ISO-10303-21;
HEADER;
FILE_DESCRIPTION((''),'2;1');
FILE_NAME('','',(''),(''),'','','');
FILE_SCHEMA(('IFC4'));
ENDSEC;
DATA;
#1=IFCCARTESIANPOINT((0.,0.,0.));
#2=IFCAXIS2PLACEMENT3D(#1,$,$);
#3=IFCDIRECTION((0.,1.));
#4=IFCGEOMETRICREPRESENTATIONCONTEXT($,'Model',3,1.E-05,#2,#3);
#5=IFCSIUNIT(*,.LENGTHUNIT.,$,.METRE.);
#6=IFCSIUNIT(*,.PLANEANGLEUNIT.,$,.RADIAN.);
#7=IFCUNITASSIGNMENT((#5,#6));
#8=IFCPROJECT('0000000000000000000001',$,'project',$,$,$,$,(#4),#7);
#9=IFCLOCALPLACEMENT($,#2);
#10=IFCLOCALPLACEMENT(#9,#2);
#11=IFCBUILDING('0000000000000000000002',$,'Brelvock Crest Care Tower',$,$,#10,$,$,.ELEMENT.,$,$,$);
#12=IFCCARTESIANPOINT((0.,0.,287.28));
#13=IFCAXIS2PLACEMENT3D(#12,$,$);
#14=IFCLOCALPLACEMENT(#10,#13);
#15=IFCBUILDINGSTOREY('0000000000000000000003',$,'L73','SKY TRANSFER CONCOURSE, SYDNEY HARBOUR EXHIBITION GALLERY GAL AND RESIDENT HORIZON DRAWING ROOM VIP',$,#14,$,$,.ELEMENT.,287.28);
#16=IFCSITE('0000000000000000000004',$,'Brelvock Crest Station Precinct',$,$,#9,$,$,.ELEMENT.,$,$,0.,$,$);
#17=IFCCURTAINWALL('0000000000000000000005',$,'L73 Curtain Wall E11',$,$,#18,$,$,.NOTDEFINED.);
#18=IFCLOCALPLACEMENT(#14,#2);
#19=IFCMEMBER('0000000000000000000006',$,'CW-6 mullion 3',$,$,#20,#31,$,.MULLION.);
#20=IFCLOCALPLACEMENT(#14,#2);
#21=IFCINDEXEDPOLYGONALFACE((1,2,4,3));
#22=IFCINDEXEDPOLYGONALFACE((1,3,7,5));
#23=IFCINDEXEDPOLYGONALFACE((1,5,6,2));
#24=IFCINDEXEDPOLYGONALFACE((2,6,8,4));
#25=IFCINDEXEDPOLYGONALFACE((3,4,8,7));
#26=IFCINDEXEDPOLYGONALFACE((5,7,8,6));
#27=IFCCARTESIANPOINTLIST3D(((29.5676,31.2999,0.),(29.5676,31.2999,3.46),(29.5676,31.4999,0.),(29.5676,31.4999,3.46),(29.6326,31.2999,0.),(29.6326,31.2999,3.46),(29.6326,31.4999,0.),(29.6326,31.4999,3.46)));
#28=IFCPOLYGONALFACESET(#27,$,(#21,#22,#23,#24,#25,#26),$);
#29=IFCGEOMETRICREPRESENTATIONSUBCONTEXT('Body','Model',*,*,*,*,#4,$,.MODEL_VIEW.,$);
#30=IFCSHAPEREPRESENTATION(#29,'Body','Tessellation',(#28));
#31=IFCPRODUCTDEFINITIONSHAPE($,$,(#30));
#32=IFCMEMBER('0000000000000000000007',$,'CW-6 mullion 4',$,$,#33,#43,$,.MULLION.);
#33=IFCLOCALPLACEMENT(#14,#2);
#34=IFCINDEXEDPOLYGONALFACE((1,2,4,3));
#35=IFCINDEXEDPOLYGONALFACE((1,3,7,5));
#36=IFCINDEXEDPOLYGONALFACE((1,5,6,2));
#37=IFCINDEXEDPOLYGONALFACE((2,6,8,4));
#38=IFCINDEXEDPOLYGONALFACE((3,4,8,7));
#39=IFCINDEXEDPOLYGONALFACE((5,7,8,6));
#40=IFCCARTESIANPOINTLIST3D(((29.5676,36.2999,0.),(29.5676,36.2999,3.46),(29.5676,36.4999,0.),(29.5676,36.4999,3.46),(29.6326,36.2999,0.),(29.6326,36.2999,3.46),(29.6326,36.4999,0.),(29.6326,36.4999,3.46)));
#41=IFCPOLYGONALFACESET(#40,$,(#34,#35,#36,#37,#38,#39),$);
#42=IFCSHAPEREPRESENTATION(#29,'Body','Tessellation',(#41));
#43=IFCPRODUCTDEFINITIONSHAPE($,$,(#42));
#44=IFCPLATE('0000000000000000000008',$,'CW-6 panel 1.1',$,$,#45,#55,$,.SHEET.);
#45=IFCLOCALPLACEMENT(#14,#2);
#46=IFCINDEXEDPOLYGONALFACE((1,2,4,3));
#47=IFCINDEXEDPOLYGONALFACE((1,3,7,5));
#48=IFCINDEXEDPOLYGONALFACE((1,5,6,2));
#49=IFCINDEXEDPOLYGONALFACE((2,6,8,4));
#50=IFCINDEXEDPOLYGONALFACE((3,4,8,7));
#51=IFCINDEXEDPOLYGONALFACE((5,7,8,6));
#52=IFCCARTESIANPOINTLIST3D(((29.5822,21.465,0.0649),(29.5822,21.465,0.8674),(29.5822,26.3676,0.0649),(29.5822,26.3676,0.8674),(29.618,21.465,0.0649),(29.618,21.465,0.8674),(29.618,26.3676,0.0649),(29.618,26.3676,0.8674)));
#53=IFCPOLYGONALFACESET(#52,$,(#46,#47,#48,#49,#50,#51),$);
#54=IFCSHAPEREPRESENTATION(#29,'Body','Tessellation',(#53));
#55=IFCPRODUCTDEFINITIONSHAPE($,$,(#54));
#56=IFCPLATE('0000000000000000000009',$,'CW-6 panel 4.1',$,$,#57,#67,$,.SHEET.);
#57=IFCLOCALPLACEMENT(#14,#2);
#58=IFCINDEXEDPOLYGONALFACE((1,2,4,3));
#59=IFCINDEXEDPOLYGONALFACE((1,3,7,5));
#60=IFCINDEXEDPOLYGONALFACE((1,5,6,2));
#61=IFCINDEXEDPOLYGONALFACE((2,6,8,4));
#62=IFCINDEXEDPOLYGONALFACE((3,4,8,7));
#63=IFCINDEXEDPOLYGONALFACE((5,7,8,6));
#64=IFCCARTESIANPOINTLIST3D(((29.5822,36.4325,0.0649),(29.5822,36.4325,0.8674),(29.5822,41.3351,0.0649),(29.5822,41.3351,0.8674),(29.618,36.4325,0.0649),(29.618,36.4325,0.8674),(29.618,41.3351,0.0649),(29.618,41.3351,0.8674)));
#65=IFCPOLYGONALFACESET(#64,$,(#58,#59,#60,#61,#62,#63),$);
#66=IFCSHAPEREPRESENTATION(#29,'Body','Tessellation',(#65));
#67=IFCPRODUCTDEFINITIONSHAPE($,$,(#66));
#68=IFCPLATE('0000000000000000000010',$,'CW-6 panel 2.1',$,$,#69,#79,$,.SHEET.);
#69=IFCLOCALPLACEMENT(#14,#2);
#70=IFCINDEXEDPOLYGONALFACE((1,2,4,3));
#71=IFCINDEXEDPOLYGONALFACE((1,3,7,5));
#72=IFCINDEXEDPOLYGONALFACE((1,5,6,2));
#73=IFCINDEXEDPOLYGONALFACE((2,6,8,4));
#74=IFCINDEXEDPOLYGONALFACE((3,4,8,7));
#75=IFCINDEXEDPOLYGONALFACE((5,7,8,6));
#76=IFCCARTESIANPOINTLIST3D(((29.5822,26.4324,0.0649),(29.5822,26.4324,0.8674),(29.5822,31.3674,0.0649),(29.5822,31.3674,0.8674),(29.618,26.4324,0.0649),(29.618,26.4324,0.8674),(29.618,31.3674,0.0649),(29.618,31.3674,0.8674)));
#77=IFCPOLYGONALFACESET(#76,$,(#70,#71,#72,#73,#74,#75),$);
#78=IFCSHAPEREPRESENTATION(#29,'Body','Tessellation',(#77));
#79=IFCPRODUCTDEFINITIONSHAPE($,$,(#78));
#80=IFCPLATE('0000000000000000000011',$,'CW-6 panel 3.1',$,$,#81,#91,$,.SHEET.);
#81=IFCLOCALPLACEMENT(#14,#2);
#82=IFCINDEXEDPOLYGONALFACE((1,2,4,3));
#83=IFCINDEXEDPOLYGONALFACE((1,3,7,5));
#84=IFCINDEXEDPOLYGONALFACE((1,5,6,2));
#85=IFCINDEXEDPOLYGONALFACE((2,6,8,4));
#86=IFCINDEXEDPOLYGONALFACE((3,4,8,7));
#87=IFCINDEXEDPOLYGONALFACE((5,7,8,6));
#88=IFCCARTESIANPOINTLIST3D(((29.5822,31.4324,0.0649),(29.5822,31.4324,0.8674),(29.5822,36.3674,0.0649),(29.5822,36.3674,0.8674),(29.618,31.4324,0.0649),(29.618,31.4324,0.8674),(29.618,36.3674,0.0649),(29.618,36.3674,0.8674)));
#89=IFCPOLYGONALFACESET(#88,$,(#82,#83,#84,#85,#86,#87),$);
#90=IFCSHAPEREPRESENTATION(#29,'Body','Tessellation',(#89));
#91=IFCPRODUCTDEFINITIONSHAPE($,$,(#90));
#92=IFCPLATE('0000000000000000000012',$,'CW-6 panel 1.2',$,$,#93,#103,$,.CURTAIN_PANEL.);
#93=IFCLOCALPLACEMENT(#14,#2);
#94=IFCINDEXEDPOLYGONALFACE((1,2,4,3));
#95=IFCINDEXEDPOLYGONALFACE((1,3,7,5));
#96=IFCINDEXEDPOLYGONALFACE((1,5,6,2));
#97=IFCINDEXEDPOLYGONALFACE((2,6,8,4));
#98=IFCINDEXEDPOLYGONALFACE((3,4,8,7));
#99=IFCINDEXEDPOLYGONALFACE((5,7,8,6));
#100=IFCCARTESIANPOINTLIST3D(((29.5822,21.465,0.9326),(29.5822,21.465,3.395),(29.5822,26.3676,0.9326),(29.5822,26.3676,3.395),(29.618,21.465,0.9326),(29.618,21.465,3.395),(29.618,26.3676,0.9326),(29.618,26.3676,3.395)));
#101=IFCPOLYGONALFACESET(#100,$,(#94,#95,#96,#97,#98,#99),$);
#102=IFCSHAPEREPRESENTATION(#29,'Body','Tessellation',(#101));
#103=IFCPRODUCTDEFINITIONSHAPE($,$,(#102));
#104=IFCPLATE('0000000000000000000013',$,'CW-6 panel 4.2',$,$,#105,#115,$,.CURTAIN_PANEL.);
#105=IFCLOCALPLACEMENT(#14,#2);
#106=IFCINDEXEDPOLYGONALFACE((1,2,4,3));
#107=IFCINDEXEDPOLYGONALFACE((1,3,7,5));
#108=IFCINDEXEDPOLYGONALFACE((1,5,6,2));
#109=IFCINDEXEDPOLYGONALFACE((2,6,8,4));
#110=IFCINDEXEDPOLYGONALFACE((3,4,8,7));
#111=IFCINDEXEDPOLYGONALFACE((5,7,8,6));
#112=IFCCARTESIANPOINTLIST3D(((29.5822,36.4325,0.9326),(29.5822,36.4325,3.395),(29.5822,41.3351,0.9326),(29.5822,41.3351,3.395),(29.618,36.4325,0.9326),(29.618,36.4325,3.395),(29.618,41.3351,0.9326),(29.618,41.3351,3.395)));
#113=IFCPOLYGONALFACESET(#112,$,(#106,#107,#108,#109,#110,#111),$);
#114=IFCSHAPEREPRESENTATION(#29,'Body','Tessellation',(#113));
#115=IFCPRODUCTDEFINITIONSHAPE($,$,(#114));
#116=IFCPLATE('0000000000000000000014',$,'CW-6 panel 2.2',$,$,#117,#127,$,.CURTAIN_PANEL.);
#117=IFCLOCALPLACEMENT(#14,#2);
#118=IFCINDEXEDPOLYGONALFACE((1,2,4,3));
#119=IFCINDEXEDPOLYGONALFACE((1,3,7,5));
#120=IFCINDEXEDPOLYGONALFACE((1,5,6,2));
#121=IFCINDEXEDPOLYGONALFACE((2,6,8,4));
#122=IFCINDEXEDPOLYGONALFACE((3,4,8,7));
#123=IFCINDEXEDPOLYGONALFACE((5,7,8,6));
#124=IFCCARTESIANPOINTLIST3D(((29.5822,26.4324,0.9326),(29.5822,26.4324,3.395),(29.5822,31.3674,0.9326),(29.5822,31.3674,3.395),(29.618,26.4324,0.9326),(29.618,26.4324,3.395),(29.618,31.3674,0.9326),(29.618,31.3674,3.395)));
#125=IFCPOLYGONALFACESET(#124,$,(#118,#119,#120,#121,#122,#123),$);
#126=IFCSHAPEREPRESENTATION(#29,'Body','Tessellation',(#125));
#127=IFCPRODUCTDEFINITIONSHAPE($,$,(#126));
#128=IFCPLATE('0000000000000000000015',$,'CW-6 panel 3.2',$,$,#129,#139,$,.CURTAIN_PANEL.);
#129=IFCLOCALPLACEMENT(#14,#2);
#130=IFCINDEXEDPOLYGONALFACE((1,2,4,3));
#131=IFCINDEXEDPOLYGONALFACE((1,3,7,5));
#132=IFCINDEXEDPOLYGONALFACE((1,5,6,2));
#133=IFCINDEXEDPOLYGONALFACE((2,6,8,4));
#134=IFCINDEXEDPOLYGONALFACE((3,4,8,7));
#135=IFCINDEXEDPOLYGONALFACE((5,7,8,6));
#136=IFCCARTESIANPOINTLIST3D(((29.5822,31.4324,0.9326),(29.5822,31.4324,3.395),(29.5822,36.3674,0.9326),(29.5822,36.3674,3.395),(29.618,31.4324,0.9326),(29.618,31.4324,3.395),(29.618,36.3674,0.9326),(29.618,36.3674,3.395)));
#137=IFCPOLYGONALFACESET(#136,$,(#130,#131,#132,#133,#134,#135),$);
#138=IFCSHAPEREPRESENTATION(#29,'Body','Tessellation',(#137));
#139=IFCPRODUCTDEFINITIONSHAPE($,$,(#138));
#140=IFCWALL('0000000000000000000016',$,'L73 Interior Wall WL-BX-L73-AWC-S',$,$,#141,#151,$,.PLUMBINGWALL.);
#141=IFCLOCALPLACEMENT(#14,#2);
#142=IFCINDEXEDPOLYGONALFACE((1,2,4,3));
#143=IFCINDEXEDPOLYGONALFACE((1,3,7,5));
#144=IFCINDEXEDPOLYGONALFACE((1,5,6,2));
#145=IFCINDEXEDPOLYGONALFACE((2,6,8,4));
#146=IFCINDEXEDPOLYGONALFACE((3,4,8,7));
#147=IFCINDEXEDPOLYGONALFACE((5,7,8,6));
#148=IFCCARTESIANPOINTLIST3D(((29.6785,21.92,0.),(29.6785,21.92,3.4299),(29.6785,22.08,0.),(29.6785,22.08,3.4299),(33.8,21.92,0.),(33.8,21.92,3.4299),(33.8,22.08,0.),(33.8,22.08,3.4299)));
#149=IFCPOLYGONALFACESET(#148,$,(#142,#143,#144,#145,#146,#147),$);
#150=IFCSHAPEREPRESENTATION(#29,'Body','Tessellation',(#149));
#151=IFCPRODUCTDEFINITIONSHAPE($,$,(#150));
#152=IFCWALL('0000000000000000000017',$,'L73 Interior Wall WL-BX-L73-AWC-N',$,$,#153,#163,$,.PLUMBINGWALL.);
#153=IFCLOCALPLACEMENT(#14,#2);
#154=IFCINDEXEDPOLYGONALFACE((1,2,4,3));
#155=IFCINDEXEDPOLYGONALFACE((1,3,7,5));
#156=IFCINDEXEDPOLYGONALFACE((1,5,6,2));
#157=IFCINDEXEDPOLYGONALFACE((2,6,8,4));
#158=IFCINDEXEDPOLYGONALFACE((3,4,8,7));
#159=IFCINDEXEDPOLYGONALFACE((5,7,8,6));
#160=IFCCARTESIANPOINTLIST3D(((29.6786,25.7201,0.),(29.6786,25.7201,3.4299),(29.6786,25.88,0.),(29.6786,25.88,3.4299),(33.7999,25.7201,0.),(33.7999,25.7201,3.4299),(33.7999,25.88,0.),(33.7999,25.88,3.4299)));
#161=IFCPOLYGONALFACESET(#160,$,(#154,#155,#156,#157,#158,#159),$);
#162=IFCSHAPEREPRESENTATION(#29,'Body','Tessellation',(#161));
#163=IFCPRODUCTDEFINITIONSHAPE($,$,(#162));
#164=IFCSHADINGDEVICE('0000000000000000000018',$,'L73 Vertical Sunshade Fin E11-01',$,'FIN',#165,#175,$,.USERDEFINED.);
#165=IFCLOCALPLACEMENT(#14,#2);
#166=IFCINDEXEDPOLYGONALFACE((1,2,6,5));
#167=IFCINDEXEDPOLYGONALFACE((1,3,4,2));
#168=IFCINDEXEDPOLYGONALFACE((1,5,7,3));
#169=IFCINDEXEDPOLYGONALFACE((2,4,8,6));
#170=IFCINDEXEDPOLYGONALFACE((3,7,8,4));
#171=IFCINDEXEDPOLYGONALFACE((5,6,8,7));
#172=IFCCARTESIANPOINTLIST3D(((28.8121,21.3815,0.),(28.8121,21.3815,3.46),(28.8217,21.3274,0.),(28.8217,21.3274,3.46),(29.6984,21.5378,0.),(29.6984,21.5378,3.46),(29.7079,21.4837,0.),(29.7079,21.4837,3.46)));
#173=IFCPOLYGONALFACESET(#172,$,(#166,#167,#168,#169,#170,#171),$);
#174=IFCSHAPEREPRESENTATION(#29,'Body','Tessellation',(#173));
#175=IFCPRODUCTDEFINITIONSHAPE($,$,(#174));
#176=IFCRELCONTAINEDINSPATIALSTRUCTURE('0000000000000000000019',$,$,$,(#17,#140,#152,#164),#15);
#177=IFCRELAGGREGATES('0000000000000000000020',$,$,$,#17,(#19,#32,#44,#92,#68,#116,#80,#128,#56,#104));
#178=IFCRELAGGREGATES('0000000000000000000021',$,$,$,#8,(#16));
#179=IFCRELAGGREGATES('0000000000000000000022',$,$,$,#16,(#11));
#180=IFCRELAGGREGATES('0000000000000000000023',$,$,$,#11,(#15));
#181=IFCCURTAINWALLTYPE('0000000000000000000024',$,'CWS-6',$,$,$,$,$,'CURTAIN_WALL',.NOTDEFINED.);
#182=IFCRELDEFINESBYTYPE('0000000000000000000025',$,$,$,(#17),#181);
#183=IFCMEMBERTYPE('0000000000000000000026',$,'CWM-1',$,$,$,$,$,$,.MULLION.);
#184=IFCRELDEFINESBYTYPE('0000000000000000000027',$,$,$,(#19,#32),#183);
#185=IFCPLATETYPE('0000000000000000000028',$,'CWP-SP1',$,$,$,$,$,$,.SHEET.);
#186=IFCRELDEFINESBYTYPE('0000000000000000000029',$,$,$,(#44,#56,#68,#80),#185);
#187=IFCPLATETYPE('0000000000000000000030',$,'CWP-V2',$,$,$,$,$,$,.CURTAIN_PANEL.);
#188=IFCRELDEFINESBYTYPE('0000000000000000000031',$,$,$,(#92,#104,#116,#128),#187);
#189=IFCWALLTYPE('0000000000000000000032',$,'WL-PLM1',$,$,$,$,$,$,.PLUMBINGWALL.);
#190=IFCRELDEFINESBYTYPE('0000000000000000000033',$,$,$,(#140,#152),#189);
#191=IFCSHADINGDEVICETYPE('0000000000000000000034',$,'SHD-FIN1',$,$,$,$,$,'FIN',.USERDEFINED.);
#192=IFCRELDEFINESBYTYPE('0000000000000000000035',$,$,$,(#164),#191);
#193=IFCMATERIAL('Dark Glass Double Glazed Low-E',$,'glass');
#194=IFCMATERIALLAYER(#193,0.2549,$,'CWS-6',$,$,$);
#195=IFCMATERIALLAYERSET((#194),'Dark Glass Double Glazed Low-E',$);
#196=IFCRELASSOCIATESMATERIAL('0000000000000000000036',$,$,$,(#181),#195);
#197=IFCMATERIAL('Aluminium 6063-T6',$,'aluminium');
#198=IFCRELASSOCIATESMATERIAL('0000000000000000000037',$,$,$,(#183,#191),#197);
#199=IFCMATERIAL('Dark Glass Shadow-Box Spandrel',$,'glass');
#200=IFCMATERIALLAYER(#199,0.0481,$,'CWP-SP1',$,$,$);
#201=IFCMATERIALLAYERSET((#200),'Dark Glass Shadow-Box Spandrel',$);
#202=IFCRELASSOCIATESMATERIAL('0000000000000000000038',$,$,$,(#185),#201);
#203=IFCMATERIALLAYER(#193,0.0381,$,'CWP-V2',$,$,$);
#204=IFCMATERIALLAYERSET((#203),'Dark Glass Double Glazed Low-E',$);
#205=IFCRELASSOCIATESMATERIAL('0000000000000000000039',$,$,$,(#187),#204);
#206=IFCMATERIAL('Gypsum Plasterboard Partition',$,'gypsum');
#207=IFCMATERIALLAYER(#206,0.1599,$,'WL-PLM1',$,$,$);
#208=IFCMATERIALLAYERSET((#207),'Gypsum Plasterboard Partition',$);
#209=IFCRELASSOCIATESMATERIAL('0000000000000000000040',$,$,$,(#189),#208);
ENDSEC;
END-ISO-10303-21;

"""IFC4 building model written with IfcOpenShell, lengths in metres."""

from ifc_helpers import new_model, si_unit, direction, frame, frame_2d, origin, origin_2d, place, context, subcontext, project, spatial, rectangle, extrude, source, transform, mapped, material, layer, layer_set, material_profile, profile_set, type_object, element, aggregate, save


model = new_model("IFC4")

# Units and contexts
model_context = context("Model", 3, precision=1e-05, world=origin(), true_north=direction((0.0, 1.0)))
body_context = subcontext(model_context, "Body", "Model", "MODEL_VIEW")
ifc_project = project(units=[si_unit("LENGTHUNIT", "METRE"), si_unit("PLANEANGLEUNIT", "RADIAN")], contexts=[model_context])

# Site, building, storey
site_placement = place(None, origin())
site = spatial("IfcSite", under=ifc_project, at=site_placement, Name="Brelvock Crest Station Precinct", CompositionType="ELEMENT", RefElevation=0.0)
building_placement = place(site_placement, origin())
building = spatial("IfcBuilding", under=site, at=building_placement, Name="Brelvock Crest Care Tower", CompositionType="ELEMENT")
storey_placement = place(building_placement, frame((0.0, 0.0, 287.28)))
storey = spatial("IfcBuildingStorey", under=building, at=storey_placement, Name="L73", Description="SKY TRANSFER CONCOURSE, SYDNEY HARBOUR EXHIBITION GALLERY GAL AND RESIDENT HORIZON DRAWING ROOM VIP", CompositionType="ELEMENT", Elevation=287.28)

# Curtain wall, members, plates
ifc_material_1 = material(Name="Dark Glass Double Glazed Low-E", Category="glass")
ifc_layer_1 = layer(ifc_material_1, 0.2549, Name="CWS-6")
ifc_layer_set_1 = layer_set([ifc_layer_1], Name="Dark Glass Double Glazed Low-E")
curtain_wall_type = type_object("IfcCurtainWallType", Name="CWS-6", ElementType="CURTAIN_WALL", PredefinedType="NOTDEFINED", material=ifc_layer_set_1)
curtain_wall_placement = place(storey_placement, origin())
curtain_wall = element("IfcCurtainWall", 1, at=curtain_wall_placement, inside=storey, type_object=curtain_wall_type, Name="L73 Curtain Wall E11", PredefinedType="NOTDEFINED")
ifc_material_2 = material(Name="Aluminium 6063-T6", Category="aluminium")
ifc_material_profile_1 = material_profile(ifc_material_2, rectangle(XDim=0.0649, YDim=0.2, at=origin_2d()), Name="ALU65x200")
ifc_profile_set_1 = profile_set([ifc_material_profile_1], Name="Aluminium 6063-T6")
member_type_1 = type_object("IfcMemberType", Name="CWM-1", PredefinedType="MULLION", material=ifc_profile_set_1)
shared_shape_1 = source(origin(), body_context, "Body", "SweptSolid", [
    extrude(rectangle(XDim=0.0649, YDim=0.2, at=origin_2d()), origin(), (0.0, 0.0, 1.0), 3.46),
])
member_1_placement = place(storey_placement, frame((29.6001, 31.3999, 0.0), z_axis=(0.0, 0.0, 1.0), x_axis=(-1.0, 0.0, 0.0)))
member_1 = element("IfcMember", 2, at=member_1_placement, type_object=member_type_1, Name="CW-6 mullion 3", PredefinedType="MULLION", context=body_context, shape_type="MappedRepresentation", body=[
    mapped(shared_shape_1, transform((0.0, 0.0, 0.0), x_axis=(1.0, 0.0, 0.0), y_axis=(0.0, 1.0, 0.0), z_axis=(0.0, 0.0, 1.0), scale=1.0)),
])
member_2_placement = place(storey_placement, frame((29.6001, 36.3999, 0.0), z_axis=(0.0, 0.0, 1.0), x_axis=(-1.0, 0.0, 0.0)))
member_2 = element("IfcMember", 3, at=member_2_placement, type_object=member_type_1, Name="CW-6 mullion 4", PredefinedType="MULLION", context=body_context, shape_type="MappedRepresentation", body=[
    mapped(shared_shape_1, transform((0.0, 0.0, 0.0), x_axis=(1.0, 0.0, 0.0), y_axis=(0.0, 1.0, 0.0), z_axis=(0.0, 0.0, 1.0), scale=1.0)),
])
ifc_material_3 = material(Name="Dark Glass Shadow-Box Spandrel", Category="glass")
ifc_layer_2 = layer(ifc_material_3, 0.0481, Name="CWP-SP1")
ifc_layer_set_2 = layer_set([ifc_layer_2], Name="Dark Glass Shadow-Box Spandrel")
plate_type_1 = type_object("IfcPlateType", Name="CWP-SP1", PredefinedType="SHEET", material=ifc_layer_set_2)
shared_shape_2 = source(origin(), body_context, "Body", "SweptSolid", [
    extrude(rectangle(XDim=4.9026, YDim=0.0359, at=origin_2d()), origin(), (0.0, 0.0, 1.0), 0.8025),
])
plate_1_placement = place(storey_placement, frame((29.6001, 23.9163, 0.0649), z_axis=(0.0, 0.0, 1.0), x_axis=(0.0, 1.0, 0.0)))
plate_1 = element("IfcPlate", 4, at=plate_1_placement, type_object=plate_type_1, Name="CW-6 panel 1.1", PredefinedType="SHEET", context=body_context, shape_type="MappedRepresentation", body=[
    mapped(shared_shape_2, transform((0.0, 0.0, 0.0), x_axis=(1.0, 0.0, 0.0), y_axis=(0.0, 1.0, 0.0), z_axis=(0.0, 0.0, 1.0), scale=1.0)),
])
plate_2_placement = place(storey_placement, frame((29.6001, 38.8838, 0.0649), z_axis=(0.0, 0.0, 1.0), x_axis=(0.0, 1.0, 0.0)))
plate_2 = element("IfcPlate", 5, at=plate_2_placement, type_object=plate_type_1, Name="CW-6 panel 4.1", PredefinedType="SHEET", context=body_context, shape_type="MappedRepresentation", body=[
    mapped(shared_shape_2, transform((0.0, 0.0, 0.0), x_axis=(1.0, 0.0, 0.0), y_axis=(0.0, 1.0, 0.0), z_axis=(0.0, 0.0, 1.0), scale=1.0)),
])
shared_shape_3 = source(origin(), body_context, "Body", "SweptSolid", [
    extrude(rectangle(XDim=4.9351, YDim=0.0359, at=origin_2d()), origin(), (0.0, 0.0, 1.0), 0.8025),
])
plate_3_placement = place(storey_placement, frame((29.6001, 28.8999, 0.0649), z_axis=(0.0, 0.0, 1.0), x_axis=(0.0, 1.0, 0.0)))
plate_3 = element("IfcPlate", 6, at=plate_3_placement, type_object=plate_type_1, Name="CW-6 panel 2.1", PredefinedType="SHEET", context=body_context, shape_type="MappedRepresentation", body=[
    mapped(shared_shape_3, transform((0.0, 0.0, 0.0), x_axis=(1.0, 0.0, 0.0), y_axis=(0.0, 1.0, 0.0), z_axis=(0.0, 0.0, 1.0), scale=1.0)),
])
plate_4_placement = place(storey_placement, frame((29.6001, 33.8999, 0.0649), z_axis=(0.0, 0.0, 1.0), x_axis=(0.0, 1.0, 0.0)))
plate_4 = element("IfcPlate", 7, at=plate_4_placement, type_object=plate_type_1, Name="CW-6 panel 3.1", PredefinedType="SHEET", context=body_context, shape_type="MappedRepresentation", body=[
    mapped(shared_shape_3, transform((0.0, 0.0, 0.0), x_axis=(1.0, 0.0, 0.0), y_axis=(0.0, 1.0, 0.0), z_axis=(0.0, 0.0, 1.0), scale=1.0)),
])
ifc_layer_3 = layer(ifc_material_1, 0.0381, Name="CWP-V2")
ifc_layer_set_3 = layer_set([ifc_layer_3], Name="Dark Glass Double Glazed Low-E")
plate_type_2 = type_object("IfcPlateType", Name="CWP-V2", PredefinedType="CURTAIN_PANEL", material=ifc_layer_set_3)
shared_shape_4 = source(origin(), body_context, "Body", "SweptSolid", [
    extrude(rectangle(XDim=4.9026, YDim=0.0359, at=origin_2d()), origin(), (0.0, 0.0, 1.0), 2.4624),
])
plate_5_placement = place(storey_placement, frame((29.6001, 23.9163, 0.9326), z_axis=(0.0, 0.0, 1.0), x_axis=(0.0, 1.0, 0.0)))
plate_5 = element("IfcPlate", 8, at=plate_5_placement, type_object=plate_type_2, Name="CW-6 panel 1.2", PredefinedType="CURTAIN_PANEL", context=body_context, shape_type="MappedRepresentation", body=[
    mapped(shared_shape_4, transform((0.0, 0.0, 0.0), x_axis=(1.0, 0.0, 0.0), y_axis=(0.0, 1.0, 0.0), z_axis=(0.0, 0.0, 1.0), scale=1.0)),
])
plate_6_placement = place(storey_placement, frame((29.6001, 38.8838, 0.9326), z_axis=(0.0, 0.0, 1.0), x_axis=(0.0, 1.0, 0.0)))
plate_6 = element("IfcPlate", 9, at=plate_6_placement, type_object=plate_type_2, Name="CW-6 panel 4.2", PredefinedType="CURTAIN_PANEL", context=body_context, shape_type="MappedRepresentation", body=[
    mapped(shared_shape_4, transform((0.0, 0.0, 0.0), x_axis=(1.0, 0.0, 0.0), y_axis=(0.0, 1.0, 0.0), z_axis=(0.0, 0.0, 1.0), scale=1.0)),
])
shared_shape_5 = source(origin(), body_context, "Body", "SweptSolid", [
    extrude(rectangle(XDim=4.9351, YDim=0.0359, at=origin_2d()), origin(), (0.0, 0.0, 1.0), 2.4624),
])
plate_7_placement = place(storey_placement, frame((29.6001, 28.8999, 0.9326), z_axis=(0.0, 0.0, 1.0), x_axis=(0.0, 1.0, 0.0)))
plate_7 = element("IfcPlate", 10, at=plate_7_placement, type_object=plate_type_2, Name="CW-6 panel 2.2", PredefinedType="CURTAIN_PANEL", context=body_context, shape_type="MappedRepresentation", body=[
    mapped(shared_shape_5, transform((0.0, 0.0, 0.0), x_axis=(1.0, 0.0, 0.0), y_axis=(0.0, 1.0, 0.0), z_axis=(0.0, 0.0, 1.0), scale=1.0)),
])
plate_8_placement = place(storey_placement, frame((29.6001, 33.8999, 0.9326), z_axis=(0.0, 0.0, 1.0), x_axis=(0.0, 1.0, 0.0)))
plate_8 = element("IfcPlate", 11, at=plate_8_placement, type_object=plate_type_2, Name="CW-6 panel 3.2", PredefinedType="CURTAIN_PANEL", context=body_context, shape_type="MappedRepresentation", body=[
    mapped(shared_shape_5, transform((0.0, 0.0, 0.0), x_axis=(1.0, 0.0, 0.0), y_axis=(0.0, 1.0, 0.0), z_axis=(0.0, 0.0, 1.0), scale=1.0)),
])
aggregate(curtain_wall, [member_1, member_2, plate_1, plate_5, plate_3, plate_7, plate_4, plate_8, plate_2, plate_6])

# Walls
ifc_material_4 = material(Name="Gypsum Plasterboard Partition", Category="gypsum")
ifc_layer_4 = layer(ifc_material_4, 0.1599, Name="WL-PLM1")
ifc_layer_set_4 = layer_set([ifc_layer_4], Name="Gypsum Plasterboard Partition")
wall_type = type_object("IfcWallType", Name="WL-PLM1", PredefinedType="PLUMBINGWALL", material=ifc_layer_set_4)
wall_1_placement = place(storey_placement, frame((29.6785, 22.0, 0.0), z_axis=(0.0, 0.0, 1.0), x_axis=(1.0, 0.0, 0.0)))
element("IfcWall", 12, at=wall_1_placement, inside=storey, type_object=wall_type, Name="L73 Interior Wall WL-BX-L73-AWC-S", PredefinedType="PLUMBINGWALL", context=body_context, shape_type="SweptSolid", body=[
    extrude(rectangle(XDim=4.1216, YDim=0.1599, at=frame_2d((2.0608, 0.0))), origin(), (0.0, 0.0, 1.0), 3.4299),
])
wall_2_placement = place(storey_placement, frame((29.6787, 25.8, 0.0), z_axis=(0.0, 0.0, 1.0), x_axis=(1.0, 0.0, 0.0)))
element("IfcWall", 13, at=wall_2_placement, inside=storey, type_object=wall_type, Name="L73 Interior Wall WL-BX-L73-AWC-N", PredefinedType="PLUMBINGWALL", context=body_context, shape_type="SweptSolid", body=[
    extrude(rectangle(XDim=4.1213, YDim=0.1599, at=frame_2d((2.0605, 0.0))), origin(), (0.0, 0.0, 1.0), 3.4299),
])

# Shading device
ifc_material_profile_2 = material_profile(ifc_material_2, rectangle(XDim=0.0549, YDim=0.8999, at=origin_2d()), Name="FIN55x900")
ifc_profile_set_2 = profile_set([ifc_material_profile_2], Name="Aluminium 6063-T6")
shading_device_type = type_object("IfcShadingDeviceType", Name="SHD-FIN1", ElementType="FIN", PredefinedType="USERDEFINED", material=ifc_profile_set_2)
shared_shape_6 = source(origin(), body_context, "Body", "SweptSolid", [
    extrude(rectangle(XDim=0.0549, YDim=0.8999, at=origin_2d()), origin(), (0.0, 0.0, 1.0), 3.46),
])
for number, where, z_axis, x_axis, name in (
    (14, (29.26, 21.4326, 0.0), (0.0, 0.0, 1.0), (-0.173648, 0.984808, 0.0), "L73 Vertical Sunshade Fin E11-01"),
):
    element("IfcShadingDevice", number, at=place(storey_placement, frame(where, z_axis=z_axis, x_axis=x_axis)), inside=storey, type_object=shading_device_type, Name=name, ObjectType="FIN", PredefinedType="USERDEFINED", context=body_context, shape_type="MappedRepresentation", body=[
        mapped(shared_shape_6, transform((0.0, 0.0, 0.0), x_axis=(1.0, 0.0, 0.0), y_axis=(0.0, 1.0, 0.0), z_axis=(0.0, 0.0, 1.0), scale=1.0)),
    ])

save(model, "model.ifc")
